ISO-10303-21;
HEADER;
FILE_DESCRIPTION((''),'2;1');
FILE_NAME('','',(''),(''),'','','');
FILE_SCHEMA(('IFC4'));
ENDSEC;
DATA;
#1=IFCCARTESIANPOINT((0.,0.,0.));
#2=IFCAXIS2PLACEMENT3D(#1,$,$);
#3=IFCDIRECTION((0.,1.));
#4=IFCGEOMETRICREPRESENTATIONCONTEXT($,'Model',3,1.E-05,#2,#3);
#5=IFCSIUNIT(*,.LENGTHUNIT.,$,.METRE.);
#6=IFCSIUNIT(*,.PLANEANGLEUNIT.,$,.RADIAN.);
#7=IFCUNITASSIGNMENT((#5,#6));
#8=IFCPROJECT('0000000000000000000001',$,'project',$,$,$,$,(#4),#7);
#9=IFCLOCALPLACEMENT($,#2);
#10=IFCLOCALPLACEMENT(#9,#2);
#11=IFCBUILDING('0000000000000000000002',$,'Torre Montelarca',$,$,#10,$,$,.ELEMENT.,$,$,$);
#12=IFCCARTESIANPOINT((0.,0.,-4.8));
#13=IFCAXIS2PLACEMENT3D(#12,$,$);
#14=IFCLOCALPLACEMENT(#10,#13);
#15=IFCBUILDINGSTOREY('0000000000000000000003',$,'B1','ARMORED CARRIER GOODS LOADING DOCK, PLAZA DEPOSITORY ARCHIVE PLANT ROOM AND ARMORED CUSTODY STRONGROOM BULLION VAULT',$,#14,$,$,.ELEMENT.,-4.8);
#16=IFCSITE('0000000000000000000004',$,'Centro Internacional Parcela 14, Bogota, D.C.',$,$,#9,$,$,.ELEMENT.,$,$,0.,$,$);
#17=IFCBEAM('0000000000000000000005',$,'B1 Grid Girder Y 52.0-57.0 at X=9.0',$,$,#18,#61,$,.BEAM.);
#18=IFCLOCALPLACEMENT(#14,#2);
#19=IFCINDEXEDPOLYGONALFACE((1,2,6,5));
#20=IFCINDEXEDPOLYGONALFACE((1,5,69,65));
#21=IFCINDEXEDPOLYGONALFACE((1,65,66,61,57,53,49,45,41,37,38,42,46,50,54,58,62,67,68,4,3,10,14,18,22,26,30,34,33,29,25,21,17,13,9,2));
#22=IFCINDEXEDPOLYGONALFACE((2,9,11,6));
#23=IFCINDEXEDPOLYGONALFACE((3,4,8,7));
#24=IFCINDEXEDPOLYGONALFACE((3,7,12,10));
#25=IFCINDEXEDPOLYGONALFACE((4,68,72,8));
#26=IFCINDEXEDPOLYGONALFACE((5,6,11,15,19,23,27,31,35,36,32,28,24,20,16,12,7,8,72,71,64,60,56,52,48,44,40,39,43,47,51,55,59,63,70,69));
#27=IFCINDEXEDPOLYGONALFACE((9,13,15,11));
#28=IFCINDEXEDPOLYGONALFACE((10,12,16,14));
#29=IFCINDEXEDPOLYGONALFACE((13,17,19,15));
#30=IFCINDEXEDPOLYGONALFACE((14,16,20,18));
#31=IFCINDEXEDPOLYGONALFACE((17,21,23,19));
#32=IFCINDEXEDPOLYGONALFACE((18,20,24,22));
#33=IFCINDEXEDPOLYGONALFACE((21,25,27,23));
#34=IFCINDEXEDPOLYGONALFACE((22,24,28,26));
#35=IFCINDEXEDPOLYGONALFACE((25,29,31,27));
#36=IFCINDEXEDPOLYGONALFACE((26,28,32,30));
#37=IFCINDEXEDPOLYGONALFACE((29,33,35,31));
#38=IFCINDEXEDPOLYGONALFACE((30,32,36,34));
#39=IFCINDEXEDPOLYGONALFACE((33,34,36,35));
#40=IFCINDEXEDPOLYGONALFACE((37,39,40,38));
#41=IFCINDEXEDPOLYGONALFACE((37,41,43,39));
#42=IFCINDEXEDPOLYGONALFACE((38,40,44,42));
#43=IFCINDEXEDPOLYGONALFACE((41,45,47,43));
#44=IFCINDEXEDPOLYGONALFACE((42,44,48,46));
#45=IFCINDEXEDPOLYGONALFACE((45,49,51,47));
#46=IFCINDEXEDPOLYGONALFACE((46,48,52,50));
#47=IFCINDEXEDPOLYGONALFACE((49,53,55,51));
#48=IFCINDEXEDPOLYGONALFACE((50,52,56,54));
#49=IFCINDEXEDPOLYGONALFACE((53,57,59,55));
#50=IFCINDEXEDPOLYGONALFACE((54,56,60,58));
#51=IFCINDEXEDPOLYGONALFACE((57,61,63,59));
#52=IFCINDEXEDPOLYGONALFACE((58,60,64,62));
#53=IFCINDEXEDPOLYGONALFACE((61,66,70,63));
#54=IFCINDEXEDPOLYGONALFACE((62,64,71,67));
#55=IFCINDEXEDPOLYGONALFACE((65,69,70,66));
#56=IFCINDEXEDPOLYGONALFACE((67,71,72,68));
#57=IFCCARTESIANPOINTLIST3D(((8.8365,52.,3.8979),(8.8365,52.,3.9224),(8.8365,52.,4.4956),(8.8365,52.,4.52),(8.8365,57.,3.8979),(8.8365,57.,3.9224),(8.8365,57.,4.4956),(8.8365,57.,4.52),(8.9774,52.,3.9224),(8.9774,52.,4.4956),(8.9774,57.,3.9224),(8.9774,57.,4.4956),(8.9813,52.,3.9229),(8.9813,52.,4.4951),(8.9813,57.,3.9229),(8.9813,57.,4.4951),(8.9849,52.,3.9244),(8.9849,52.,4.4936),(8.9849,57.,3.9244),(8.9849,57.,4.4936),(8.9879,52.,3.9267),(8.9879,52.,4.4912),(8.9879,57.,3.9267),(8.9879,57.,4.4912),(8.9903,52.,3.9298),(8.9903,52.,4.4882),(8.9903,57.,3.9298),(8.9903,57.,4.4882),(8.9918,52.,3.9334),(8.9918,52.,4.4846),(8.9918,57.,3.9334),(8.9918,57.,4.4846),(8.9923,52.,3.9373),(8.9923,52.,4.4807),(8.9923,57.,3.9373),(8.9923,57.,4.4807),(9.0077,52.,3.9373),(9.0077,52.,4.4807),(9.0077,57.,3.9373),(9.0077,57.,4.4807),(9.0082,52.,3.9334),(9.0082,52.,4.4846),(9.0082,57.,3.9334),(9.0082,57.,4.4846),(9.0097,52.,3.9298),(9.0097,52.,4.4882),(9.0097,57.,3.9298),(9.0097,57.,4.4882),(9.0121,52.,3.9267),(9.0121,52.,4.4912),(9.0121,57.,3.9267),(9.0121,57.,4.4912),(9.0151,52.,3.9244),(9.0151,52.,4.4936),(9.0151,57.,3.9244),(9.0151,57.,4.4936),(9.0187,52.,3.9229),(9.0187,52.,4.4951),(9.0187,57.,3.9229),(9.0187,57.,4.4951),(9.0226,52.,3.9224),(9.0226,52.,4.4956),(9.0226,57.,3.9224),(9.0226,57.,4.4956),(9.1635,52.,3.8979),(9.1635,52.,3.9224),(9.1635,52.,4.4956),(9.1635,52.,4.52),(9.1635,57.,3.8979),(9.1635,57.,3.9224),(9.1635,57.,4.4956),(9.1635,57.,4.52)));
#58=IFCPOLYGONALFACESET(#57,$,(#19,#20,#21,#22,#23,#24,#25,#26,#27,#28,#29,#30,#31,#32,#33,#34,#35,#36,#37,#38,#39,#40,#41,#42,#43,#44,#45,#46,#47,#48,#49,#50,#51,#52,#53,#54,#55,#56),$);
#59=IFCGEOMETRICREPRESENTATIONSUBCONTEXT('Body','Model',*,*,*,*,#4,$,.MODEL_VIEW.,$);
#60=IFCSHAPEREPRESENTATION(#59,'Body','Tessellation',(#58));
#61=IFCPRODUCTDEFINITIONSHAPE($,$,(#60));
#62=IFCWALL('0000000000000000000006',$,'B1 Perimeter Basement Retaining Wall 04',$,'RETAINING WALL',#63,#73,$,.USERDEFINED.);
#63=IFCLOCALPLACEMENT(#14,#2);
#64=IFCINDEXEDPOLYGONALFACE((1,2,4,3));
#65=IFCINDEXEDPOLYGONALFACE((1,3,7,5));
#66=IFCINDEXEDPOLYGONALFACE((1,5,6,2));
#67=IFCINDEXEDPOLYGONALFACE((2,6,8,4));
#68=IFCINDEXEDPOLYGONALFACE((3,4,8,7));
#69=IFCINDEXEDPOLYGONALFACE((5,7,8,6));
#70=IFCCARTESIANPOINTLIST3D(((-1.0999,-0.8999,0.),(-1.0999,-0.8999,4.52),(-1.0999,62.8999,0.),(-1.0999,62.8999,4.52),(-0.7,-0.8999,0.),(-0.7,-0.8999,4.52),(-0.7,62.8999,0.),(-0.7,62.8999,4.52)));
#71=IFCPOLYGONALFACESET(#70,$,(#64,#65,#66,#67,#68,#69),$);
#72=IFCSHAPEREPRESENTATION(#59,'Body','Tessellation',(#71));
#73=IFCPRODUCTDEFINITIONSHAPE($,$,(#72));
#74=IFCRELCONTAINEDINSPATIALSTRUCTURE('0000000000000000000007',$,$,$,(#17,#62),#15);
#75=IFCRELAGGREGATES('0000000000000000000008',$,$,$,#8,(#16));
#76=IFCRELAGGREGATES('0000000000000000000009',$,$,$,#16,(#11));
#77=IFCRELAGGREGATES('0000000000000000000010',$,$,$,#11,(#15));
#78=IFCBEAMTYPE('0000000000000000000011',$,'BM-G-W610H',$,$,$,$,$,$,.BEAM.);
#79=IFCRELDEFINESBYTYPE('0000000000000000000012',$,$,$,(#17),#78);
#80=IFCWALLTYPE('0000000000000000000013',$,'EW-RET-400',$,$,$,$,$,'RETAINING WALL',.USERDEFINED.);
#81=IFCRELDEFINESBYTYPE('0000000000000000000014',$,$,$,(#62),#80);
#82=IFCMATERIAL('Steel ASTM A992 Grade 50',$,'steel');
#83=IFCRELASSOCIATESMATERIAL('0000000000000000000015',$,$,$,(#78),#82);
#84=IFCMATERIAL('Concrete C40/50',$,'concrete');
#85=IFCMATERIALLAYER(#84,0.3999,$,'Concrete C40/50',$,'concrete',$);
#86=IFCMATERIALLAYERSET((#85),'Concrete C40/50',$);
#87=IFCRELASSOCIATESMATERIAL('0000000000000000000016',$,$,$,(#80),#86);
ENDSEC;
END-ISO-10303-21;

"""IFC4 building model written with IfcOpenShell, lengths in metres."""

from ifc_helpers import new_model, si_unit, direction, frame, frame_2d, origin, origin_2d, place, context, subcontext, project, spatial, rectangle, i_section, extrude, source, transform, mapped, material, layer, layer_set, material_profile, profile_set, type_object, element, save


model = new_model("IFC4")

# Units and contexts
model_context = context("Model", 3, precision=1e-05, world=origin(), true_north=direction((0.0, 1.0)))
body_context = subcontext(model_context, "Body", "Model", "MODEL_VIEW")
ifc_project = project(units=[si_unit("LENGTHUNIT", "METRE"), si_unit("PLANEANGLEUNIT", "RADIAN")], contexts=[model_context])

# Site, building, storey
site_placement = place(None, origin())
site = spatial("IfcSite", under=ifc_project, at=site_placement, Name="Centro Internacional Parcela 14, Bogota, D.C.", CompositionType="ELEMENT", RefElevation=0.0)
building_placement = place(site_placement, origin())
building = spatial("IfcBuilding", under=site, at=building_placement, Name="Torre Montelarca", CompositionType="ELEMENT")
storey_placement = place(building_placement, frame((0.0, 0.0, -4.8)))
storey = spatial("IfcBuildingStorey", under=building, at=storey_placement, Name="B1", Description="ARMORED CARRIER GOODS LOADING DOCK, PLAZA DEPOSITORY ARCHIVE PLANT ROOM AND ARMORED CUSTODY STRONGROOM BULLION VAULT", CompositionType="ELEMENT", Elevation=-4.8)

# Beam
ifc_material_1 = material(Name="Steel ASTM A992 Grade 50", Category="steel")
ifc_material_profile_1 = material_profile(ifc_material_1, i_section(OverallWidth=0.3269, OverallDepth=0.6221, WebThickness=0.0154, FlangeThickness=0.0244, FilletRadius=0.0149, at=origin_2d()), Name="W610X195", Category="steel")
ifc_profile_set_1 = profile_set([ifc_material_profile_1], Name="Steel ASTM A992 Grade 50")
beam_type_1 = type_object("IfcBeamType", Name="BM-G-W610H", PredefinedType="BEAM", material=ifc_profile_set_1)
shared_shape_1 = source(origin(), body_context, "Body", "SweptSolid", [
    extrude(i_section(OverallWidth=0.3269, OverallDepth=0.6221, WebThickness=0.0154, FlangeThickness=0.0244, FilletRadius=0.0149, at=origin_2d()), origin(), (0.0, 0.0, 1.0), 5.0),
])
beam_1_placement = place(storey_placement, frame((9.0, 52.0, 4.209), z_axis=(0.0, 1.0, 0.0), x_axis=(-1.0, 0.0, 0.0)))
element("IfcBeam", 1, at=beam_1_placement, inside=storey, type_object=beam_type_1, Name="B1 Grid Girder Y 52.0-57.0 at X=9.0", PredefinedType="BEAM", context=body_context, shape_type="MappedRepresentation", body=[
    mapped(shared_shape_1, transform((0.0, 0.0, 0.0), scale=1.0)),
])

# Wall
ifc_material_2 = material(Name="Concrete C40/50", Category="concrete")
ifc_layer = layer(ifc_material_2, 0.3999, Name="Concrete C40/50", Category="concrete")
ifc_layer_set = layer_set([ifc_layer], Name="Concrete C40/50")
wall_type = type_object("IfcWallType", Name="EW-RET-400", ElementType="RETAINING WALL", PredefinedType="USERDEFINED", material=ifc_layer_set)
wall_placement = place(storey_placement, frame((-0.8999, 62.8999, 0.0), z_axis=(0.0, 0.0, 1.0), x_axis=(0.0, -1.0, 0.0)))
element("IfcWall", 2, at=wall_placement, inside=storey, type_object=wall_type, Name="B1 Perimeter Basement Retaining Wall 04", ObjectType="RETAINING WALL", PredefinedType="USERDEFINED", context=body_context, shape_type="SweptSolid", body=[
    extrude(rectangle(XDim=63.7998, YDim=0.3999, at=frame_2d((31.8999, 0.0))), origin(), (0.0, 0.0, 1.0), 4.52),
])

save(model, "model.ifc")
